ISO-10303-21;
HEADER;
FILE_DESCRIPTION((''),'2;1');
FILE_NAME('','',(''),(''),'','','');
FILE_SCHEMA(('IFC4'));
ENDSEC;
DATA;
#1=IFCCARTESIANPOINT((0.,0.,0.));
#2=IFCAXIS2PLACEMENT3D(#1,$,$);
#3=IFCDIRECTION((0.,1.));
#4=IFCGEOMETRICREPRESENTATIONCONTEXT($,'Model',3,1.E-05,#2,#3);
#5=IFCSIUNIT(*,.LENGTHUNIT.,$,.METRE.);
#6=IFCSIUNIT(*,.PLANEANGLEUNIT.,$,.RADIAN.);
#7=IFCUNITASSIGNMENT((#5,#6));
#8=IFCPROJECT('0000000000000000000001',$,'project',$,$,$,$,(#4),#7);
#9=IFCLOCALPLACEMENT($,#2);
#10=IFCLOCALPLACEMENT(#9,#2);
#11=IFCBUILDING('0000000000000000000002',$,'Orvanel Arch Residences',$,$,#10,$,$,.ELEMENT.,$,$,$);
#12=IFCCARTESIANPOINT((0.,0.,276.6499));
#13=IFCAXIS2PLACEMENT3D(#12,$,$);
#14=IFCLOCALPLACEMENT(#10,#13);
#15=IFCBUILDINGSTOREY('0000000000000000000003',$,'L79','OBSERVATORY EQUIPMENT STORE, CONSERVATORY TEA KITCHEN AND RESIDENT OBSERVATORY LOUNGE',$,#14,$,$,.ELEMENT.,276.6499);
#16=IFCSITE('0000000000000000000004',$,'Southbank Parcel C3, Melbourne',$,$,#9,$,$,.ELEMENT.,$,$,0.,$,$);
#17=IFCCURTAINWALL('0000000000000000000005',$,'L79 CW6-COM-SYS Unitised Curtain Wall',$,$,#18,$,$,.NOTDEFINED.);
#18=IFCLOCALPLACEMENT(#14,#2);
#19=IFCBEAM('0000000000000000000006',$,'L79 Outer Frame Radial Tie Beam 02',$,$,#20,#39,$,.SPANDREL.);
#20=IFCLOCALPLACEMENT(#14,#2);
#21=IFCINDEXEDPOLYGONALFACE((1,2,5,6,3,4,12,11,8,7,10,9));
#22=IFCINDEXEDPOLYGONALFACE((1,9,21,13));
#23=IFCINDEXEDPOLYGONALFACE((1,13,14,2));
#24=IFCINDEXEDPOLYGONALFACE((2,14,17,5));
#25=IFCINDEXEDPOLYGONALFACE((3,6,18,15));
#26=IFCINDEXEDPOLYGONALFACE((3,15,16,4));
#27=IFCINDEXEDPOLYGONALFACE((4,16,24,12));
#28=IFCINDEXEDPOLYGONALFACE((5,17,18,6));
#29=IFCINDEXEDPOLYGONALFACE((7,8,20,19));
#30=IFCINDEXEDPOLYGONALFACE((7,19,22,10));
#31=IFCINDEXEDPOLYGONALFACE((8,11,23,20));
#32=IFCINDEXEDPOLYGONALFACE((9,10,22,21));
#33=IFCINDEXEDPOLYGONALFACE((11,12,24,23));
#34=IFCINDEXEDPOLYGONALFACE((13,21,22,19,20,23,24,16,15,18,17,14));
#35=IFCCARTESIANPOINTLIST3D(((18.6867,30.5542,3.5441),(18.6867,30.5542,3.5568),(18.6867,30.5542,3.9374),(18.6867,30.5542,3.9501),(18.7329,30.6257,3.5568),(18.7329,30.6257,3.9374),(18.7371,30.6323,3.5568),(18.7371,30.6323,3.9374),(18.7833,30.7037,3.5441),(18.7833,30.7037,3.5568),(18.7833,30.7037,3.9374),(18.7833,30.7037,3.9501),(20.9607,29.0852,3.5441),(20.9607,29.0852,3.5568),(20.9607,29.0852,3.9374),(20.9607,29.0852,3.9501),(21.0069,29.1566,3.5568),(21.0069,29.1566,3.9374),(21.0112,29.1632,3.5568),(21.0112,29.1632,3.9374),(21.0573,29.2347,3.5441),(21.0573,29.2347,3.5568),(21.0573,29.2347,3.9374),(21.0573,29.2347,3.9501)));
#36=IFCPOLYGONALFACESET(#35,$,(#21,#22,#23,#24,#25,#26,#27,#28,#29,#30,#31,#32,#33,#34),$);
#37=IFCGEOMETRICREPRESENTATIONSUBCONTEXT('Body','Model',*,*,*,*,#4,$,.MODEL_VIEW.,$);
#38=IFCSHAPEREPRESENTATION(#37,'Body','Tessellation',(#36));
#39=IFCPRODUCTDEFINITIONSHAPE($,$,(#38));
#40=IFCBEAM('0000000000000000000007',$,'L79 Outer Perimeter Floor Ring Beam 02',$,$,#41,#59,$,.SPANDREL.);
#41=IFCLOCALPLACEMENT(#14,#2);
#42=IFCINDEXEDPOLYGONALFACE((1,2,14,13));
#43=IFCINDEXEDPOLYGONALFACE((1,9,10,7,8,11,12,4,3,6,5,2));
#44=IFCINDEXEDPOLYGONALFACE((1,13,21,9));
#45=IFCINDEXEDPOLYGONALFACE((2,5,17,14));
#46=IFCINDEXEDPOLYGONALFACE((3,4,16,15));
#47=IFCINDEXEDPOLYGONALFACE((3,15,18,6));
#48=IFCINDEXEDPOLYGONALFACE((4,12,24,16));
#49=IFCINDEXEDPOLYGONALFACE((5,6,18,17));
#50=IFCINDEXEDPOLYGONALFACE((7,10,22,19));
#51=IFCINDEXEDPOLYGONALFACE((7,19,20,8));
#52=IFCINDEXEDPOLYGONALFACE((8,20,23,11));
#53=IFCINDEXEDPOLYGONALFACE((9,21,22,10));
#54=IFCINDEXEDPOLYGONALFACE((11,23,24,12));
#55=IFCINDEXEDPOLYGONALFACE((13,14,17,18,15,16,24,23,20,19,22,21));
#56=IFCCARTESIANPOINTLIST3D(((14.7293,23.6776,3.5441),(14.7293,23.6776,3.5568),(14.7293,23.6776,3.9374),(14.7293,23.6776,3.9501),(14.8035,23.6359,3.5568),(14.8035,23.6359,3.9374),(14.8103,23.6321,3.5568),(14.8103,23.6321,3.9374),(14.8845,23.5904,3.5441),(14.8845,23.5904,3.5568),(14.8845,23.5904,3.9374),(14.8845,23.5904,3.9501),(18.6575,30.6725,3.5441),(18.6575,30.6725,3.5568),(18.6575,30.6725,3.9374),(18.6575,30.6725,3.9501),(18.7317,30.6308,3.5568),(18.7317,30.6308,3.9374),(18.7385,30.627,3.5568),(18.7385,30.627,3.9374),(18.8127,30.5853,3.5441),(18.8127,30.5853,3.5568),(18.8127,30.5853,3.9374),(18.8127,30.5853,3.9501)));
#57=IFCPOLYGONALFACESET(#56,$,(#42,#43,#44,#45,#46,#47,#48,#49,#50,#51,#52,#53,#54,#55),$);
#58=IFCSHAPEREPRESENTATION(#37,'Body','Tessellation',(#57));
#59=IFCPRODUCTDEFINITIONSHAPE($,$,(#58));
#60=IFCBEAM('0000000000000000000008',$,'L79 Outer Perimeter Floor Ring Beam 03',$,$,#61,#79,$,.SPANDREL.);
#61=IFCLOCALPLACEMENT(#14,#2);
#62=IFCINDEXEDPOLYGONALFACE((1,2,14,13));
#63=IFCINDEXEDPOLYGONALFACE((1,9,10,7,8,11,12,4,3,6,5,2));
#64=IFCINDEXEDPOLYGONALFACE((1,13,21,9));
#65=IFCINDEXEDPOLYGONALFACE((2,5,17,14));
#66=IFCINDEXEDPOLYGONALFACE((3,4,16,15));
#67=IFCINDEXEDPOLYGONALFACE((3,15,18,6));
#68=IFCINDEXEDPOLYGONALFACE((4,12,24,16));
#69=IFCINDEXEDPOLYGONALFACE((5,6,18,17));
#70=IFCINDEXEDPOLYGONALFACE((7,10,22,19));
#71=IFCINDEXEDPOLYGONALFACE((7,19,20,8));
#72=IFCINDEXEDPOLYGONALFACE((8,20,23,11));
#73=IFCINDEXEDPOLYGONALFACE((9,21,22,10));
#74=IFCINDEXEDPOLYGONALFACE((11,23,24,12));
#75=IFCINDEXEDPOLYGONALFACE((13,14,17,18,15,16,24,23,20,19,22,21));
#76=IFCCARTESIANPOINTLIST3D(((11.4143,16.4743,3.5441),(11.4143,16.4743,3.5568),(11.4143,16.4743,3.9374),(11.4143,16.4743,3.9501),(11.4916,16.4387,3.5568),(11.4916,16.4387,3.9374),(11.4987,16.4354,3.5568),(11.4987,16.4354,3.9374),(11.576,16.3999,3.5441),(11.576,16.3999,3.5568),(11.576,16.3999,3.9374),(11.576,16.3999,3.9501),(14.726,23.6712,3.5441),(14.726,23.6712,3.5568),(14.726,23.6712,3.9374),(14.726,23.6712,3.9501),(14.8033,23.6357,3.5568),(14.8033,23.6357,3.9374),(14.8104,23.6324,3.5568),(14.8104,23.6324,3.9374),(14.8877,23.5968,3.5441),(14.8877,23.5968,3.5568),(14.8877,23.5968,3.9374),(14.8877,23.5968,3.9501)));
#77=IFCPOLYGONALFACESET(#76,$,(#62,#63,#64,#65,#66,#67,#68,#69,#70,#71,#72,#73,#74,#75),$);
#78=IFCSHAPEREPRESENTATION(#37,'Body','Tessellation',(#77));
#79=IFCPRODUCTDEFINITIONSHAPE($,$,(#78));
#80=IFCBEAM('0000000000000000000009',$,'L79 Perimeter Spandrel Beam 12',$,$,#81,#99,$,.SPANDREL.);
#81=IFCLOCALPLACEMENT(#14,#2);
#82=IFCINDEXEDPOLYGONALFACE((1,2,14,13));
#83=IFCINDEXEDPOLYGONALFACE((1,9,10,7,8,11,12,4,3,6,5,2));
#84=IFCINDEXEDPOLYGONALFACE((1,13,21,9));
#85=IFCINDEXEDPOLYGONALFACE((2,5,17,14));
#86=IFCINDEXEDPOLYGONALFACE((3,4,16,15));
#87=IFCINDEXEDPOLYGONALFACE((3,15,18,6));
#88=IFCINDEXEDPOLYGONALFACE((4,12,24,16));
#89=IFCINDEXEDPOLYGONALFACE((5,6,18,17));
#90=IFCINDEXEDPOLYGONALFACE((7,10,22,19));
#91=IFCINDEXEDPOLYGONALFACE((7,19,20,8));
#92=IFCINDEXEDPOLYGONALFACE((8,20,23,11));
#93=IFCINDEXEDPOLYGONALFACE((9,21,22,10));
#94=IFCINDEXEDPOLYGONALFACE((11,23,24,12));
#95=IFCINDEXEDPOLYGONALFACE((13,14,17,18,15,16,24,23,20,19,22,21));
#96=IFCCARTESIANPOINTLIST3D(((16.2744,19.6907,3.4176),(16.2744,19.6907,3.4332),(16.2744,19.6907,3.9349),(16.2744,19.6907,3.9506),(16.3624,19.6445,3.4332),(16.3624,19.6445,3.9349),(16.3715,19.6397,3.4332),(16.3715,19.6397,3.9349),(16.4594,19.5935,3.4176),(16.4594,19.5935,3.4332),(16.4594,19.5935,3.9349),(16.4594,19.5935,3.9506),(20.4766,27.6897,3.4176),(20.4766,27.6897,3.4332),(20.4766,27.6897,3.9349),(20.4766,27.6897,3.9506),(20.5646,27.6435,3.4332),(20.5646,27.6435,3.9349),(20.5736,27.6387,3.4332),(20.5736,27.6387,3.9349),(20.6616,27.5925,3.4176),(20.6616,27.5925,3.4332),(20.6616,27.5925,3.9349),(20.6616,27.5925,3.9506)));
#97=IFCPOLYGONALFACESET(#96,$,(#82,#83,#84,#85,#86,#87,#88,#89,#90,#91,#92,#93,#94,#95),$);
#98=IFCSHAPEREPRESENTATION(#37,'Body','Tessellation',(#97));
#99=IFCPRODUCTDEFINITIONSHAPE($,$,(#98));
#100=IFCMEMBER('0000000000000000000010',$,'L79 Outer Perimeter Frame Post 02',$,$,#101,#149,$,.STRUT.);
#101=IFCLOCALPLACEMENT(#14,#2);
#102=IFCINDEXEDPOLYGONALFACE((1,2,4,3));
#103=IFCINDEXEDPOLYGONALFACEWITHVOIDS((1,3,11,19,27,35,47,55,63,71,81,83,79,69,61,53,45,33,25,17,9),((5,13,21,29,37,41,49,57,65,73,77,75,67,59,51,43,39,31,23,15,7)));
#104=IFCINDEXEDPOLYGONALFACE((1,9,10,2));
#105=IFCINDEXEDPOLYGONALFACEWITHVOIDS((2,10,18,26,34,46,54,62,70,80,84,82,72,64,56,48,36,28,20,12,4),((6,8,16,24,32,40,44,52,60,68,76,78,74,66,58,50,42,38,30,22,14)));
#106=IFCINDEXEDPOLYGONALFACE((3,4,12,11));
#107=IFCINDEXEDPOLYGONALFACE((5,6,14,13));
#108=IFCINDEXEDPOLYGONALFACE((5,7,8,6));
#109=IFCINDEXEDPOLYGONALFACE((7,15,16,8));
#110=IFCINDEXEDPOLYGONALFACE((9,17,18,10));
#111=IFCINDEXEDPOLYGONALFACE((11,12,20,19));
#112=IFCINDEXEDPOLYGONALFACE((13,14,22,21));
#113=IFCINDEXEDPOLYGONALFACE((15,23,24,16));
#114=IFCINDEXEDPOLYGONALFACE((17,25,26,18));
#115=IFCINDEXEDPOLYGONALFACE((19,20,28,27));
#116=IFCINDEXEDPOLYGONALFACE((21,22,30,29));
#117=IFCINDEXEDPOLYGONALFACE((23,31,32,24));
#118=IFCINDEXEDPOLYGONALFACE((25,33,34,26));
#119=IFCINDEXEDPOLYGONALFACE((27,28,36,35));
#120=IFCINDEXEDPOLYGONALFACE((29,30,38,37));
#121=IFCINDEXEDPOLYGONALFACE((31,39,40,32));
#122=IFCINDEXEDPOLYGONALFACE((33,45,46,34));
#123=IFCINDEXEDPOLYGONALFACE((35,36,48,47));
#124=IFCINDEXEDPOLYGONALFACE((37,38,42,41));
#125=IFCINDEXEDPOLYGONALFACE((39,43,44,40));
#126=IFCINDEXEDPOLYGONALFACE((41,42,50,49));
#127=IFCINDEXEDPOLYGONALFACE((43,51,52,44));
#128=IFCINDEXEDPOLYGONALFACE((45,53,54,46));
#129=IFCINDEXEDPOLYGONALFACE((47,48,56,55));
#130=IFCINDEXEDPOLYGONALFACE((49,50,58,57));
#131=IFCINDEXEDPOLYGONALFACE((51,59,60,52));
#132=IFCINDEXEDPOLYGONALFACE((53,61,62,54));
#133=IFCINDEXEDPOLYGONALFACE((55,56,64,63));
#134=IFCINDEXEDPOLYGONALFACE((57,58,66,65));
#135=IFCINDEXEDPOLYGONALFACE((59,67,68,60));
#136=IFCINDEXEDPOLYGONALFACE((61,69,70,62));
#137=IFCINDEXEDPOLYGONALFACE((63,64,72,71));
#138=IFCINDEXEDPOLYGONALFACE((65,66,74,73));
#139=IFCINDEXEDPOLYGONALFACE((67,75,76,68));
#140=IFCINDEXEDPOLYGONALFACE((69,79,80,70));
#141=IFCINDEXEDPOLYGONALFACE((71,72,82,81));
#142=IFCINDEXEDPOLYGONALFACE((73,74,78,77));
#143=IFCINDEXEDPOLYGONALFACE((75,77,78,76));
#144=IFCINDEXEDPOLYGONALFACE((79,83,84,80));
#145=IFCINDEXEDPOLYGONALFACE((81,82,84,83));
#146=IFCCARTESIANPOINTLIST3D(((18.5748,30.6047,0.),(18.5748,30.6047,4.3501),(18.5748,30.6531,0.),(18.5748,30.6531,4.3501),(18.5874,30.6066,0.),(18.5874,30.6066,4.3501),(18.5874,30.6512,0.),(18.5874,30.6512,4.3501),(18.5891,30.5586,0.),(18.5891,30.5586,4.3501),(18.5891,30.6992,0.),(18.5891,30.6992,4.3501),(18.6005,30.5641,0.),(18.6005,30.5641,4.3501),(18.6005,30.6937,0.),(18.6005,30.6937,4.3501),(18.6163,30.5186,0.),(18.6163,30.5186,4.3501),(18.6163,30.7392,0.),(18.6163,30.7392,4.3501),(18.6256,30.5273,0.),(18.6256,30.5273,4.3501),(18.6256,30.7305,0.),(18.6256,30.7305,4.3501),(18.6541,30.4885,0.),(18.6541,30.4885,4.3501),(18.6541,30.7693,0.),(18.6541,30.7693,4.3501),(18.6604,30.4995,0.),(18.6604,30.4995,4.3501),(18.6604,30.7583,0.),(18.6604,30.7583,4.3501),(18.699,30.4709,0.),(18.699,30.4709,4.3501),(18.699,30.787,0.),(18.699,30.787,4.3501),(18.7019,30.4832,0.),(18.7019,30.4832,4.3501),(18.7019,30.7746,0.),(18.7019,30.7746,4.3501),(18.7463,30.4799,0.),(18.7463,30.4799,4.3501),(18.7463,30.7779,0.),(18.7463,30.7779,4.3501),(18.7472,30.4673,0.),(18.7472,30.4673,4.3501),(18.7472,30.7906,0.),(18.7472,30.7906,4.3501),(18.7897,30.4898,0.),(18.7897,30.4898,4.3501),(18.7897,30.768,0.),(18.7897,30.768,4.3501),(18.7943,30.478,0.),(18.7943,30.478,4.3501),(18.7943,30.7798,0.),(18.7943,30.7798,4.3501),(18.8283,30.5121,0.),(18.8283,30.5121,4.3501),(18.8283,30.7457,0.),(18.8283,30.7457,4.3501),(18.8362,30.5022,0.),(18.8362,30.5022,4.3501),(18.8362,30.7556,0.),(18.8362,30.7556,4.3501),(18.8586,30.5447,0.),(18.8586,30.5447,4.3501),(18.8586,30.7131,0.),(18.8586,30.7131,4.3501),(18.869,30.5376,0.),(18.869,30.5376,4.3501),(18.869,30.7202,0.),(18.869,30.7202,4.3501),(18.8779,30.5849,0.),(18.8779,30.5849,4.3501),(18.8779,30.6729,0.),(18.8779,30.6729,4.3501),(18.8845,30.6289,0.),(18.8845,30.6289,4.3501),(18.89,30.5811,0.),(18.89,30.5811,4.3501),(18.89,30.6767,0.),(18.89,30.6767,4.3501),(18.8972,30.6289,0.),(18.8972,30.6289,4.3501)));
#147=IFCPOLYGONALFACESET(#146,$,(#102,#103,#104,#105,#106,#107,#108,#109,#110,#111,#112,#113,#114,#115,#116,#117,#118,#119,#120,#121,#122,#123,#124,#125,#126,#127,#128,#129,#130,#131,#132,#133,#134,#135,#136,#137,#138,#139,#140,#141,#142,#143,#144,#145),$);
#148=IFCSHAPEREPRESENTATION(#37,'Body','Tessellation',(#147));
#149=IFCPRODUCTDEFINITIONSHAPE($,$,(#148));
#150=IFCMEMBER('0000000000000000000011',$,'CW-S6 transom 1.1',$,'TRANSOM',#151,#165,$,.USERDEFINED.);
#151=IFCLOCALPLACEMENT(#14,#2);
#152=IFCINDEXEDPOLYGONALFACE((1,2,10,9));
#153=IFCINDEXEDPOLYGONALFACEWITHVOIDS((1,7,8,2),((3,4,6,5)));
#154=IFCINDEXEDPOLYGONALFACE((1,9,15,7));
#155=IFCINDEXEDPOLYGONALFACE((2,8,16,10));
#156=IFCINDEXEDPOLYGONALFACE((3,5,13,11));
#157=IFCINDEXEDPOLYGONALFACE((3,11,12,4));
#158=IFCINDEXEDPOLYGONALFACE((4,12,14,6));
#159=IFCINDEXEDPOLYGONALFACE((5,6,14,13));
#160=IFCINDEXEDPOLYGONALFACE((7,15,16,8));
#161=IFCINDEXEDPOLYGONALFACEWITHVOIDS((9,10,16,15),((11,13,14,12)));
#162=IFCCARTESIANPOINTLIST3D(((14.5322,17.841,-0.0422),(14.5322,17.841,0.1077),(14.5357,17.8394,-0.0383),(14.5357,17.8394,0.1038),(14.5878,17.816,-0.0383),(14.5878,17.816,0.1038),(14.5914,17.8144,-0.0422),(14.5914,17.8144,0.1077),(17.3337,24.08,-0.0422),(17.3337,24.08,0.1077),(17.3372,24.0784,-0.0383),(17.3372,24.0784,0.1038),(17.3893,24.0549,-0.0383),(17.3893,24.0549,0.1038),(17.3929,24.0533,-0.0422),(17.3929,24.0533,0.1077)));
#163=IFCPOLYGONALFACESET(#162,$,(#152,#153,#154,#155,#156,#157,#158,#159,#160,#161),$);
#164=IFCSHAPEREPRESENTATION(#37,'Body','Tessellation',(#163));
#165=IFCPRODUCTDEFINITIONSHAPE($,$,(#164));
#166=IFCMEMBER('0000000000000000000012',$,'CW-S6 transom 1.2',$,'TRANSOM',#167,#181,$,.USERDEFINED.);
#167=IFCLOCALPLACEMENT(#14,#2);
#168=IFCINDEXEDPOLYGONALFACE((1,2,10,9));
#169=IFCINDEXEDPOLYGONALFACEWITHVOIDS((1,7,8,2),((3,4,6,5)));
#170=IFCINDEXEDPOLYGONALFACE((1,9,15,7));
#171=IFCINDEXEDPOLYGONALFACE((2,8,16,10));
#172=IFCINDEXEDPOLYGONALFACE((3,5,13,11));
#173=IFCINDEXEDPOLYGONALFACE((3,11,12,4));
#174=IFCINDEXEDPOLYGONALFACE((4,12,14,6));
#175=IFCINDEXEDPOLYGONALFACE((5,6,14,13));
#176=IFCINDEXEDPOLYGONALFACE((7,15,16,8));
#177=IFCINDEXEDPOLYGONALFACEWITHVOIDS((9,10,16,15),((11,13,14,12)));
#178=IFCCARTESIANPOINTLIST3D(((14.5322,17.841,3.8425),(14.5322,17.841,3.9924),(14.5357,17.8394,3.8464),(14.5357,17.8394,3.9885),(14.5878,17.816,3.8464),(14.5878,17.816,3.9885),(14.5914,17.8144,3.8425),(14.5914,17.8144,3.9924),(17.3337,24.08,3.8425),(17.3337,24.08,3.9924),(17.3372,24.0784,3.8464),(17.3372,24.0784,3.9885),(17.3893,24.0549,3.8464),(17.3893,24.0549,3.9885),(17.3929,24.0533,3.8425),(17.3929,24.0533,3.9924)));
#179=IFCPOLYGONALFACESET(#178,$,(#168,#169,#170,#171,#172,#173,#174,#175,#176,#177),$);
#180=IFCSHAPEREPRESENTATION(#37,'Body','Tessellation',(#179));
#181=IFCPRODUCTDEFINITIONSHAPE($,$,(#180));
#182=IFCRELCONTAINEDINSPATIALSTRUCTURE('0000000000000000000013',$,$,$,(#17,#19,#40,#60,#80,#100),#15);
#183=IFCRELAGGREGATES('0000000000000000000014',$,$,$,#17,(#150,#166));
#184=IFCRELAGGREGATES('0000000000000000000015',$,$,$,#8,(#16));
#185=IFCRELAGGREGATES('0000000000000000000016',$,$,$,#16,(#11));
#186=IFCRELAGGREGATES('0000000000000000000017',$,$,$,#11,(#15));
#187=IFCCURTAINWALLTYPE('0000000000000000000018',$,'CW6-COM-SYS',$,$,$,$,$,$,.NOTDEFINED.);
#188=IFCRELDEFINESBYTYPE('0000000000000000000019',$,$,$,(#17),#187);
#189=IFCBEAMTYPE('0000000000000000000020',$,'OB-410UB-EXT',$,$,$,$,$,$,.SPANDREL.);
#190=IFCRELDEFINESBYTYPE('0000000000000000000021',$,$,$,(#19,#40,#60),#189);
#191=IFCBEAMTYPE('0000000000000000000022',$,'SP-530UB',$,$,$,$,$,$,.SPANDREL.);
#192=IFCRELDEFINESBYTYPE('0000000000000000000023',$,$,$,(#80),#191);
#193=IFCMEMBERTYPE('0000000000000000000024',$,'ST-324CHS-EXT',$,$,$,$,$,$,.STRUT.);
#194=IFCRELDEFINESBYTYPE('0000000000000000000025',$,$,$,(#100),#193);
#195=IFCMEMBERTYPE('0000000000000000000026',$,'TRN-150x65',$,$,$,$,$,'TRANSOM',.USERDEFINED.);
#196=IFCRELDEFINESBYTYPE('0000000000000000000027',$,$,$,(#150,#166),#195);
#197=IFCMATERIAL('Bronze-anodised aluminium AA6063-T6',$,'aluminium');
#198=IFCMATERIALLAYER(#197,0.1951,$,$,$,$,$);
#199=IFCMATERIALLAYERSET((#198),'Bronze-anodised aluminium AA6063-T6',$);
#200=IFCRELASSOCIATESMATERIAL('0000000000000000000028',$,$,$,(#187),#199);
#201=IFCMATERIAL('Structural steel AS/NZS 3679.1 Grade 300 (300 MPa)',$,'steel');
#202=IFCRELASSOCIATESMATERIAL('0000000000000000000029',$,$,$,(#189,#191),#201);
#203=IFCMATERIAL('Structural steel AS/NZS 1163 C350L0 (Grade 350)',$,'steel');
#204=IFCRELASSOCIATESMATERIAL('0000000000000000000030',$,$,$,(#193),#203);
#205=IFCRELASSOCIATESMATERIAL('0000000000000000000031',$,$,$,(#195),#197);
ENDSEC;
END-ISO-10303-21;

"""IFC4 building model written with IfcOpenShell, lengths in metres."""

from ifc_helpers import new_model, si_unit, direction, frame, origin, origin_2d, place, context, subcontext, project, spatial, hollow_rectangle, hollow_circle, i_section, extrude, material, layer, layer_set, material_profile, profile_set, type_object, element, aggregate, save


model = new_model("IFC4")

# Units and contexts
model_context = context("Model", 3, precision=1e-05, world=origin(), true_north=direction((0.0, 1.0)))
body_context = subcontext(model_context, "Body", "Model", "MODEL_VIEW")
ifc_project = project(units=[si_unit("LENGTHUNIT", "METRE"), si_unit("PLANEANGLEUNIT", "RADIAN")], contexts=[model_context])

# Site, building, storey
site_placement = place(None, origin())
site = spatial("IfcSite", under=ifc_project, at=site_placement, Name="Southbank Parcel C3, Melbourne", CompositionType="ELEMENT", RefElevation=0.0)
building_placement = place(site_placement, origin())
building = spatial("IfcBuilding", under=site, at=building_placement, Name="Orvanel Arch Residences", CompositionType="ELEMENT")
storey_placement = place(building_placement, frame((0.0, 0.0, 276.6499)))
storey = spatial("IfcBuildingStorey", under=building, at=storey_placement, Name="L79", Description="OBSERVATORY EQUIPMENT STORE, CONSERVATORY TEA KITCHEN AND RESIDENT OBSERVATORY LOUNGE", CompositionType="ELEMENT", Elevation=276.6499)

# Shared definitions
ifc_material_1 = material(Name="Structural steel AS/NZS 1163 C350L0 (Grade 350)", Category="steel")

# Shared definitions
ifc_material_2 = material(Name="Structural steel AS/NZS 3679.1 Grade 300 (300 MPa)", Category="steel")

# Curtain wall
ifc_material_3 = material(Name="Bronze-anodised aluminium AA6063-T6", Category="aluminium")
ifc_layer_1 = layer(ifc_material_3, 0.1951)
ifc_layer_set_1 = layer_set([ifc_layer_1], Name="Bronze-anodised aluminium AA6063-T6")
curtain_wall_type = type_object("IfcCurtainWallType", Name="CW6-COM-SYS", PredefinedType="NOTDEFINED", material=ifc_layer_set_1)
curtain_wall_placement = place(storey_placement, origin())
curtain_wall = element("IfcCurtainWall", 1, at=curtain_wall_placement, inside=storey, type_object=curtain_wall_type, Name="L79 CW6-COM-SYS Unitised Curtain Wall", PredefinedType="NOTDEFINED")

# Beams
ifc_material_profile_1 = material_profile(ifc_material_2, i_section(OverallWidth=0.178, OverallDepth=0.406, WebThickness=0.0078, FlangeThickness=0.0127, at=origin_2d()), Name="410UB59.7")
ifc_profile_set_1 = profile_set([ifc_material_profile_1], Name="Structural steel AS/NZS 3679.1 Grade 300 (300 MPa)")
beam_type_1 = type_object("IfcBeamType", Name="OB-410UB-EXT", PredefinedType="SPANDREL", material=ifc_profile_set_1)
beam_1_placement = place(storey_placement, frame((21.009, 29.1599, 3.7471), z_axis=(-0.839969, 0.542634, 0.0), x_axis=(-0.542634, -0.839969, 0.0)))
element("IfcBeam", 2, at=beam_1_placement, inside=storey, type_object=beam_type_1, Name="L79 Outer Frame Radial Tie Beam 02", PredefinedType="SPANDREL", context=body_context, shape_type="SweptSolid", body=[
    extrude(i_section(OverallWidth=0.178, OverallDepth=0.406, WebThickness=0.0078, FlangeThickness=0.0127, at=origin_2d()), origin(), (0.0, 0.0, 1.0), 2.7073),
])
beam_2_placement = place(storey_placement, frame((18.7351, 30.6289, 3.7471), z_axis=(-0.489656, -0.871916, 0.0), x_axis=(0.871916, -0.489656, 0.0)))
element("IfcBeam", 3, at=beam_2_placement, inside=storey, type_object=beam_type_1, Name="L79 Outer Perimeter Floor Ring Beam 02", PredefinedType="SPANDREL", context=body_context, shape_type="SweptSolid", body=[
    extrude(i_section(OverallWidth=0.178, OverallDepth=0.406, WebThickness=0.0078, FlangeThickness=0.0127, at=origin_2d()), origin(), (0.0, 0.0, 1.0), 8.0225),
])
beam_3_placement = place(storey_placement, frame((14.8069, 23.634, 3.7471), z_axis=(-0.418024, -0.908436, 0.0), x_axis=(0.908436, -0.418024, 0.0)))
element("IfcBeam", 4, at=beam_3_placement, inside=storey, type_object=beam_type_1, Name="L79 Outer Perimeter Floor Ring Beam 03", PredefinedType="SPANDREL", context=body_context, shape_type="SweptSolid", body=[
    extrude(i_section(OverallWidth=0.178, OverallDepth=0.406, WebThickness=0.0078, FlangeThickness=0.0127, at=origin_2d()), origin(), (0.0, 0.0, 1.0), 7.9224),
])
ifc_material_profile_2 = material_profile(ifc_material_2, i_section(OverallWidth=0.209, OverallDepth=0.533, WebThickness=0.0103, FlangeThickness=0.0156, at=origin_2d()), Name="530UB92.4")
ifc_profile_set_2 = profile_set([ifc_material_profile_2], Name="Structural steel AS/NZS 3679.1 Grade 300 (300 MPa)")
beam_type_2 = type_object("IfcBeamType", Name="SP-530UB", PredefinedType="SPANDREL", material=ifc_profile_set_2)
beam_4_placement = place(storey_placement, frame((20.5691, 27.6411, 3.6841), z_axis=(-0.465065, -0.885277, 0.0), x_axis=(0.885277, -0.465065, 0.0)))
element("IfcBeam", 5, at=beam_4_placement, inside=storey, type_object=beam_type_2, Name="L79 Perimeter Spandrel Beam 12", PredefinedType="SPANDREL", context=body_context, shape_type="SweptSolid", body=[
    extrude(i_section(OverallWidth=0.209, OverallDepth=0.533, WebThickness=0.0103, FlangeThickness=0.0156, at=origin_2d()), origin(), (0.0, 0.0, 1.0), 9.0356),
])

# Members
ifc_material_profile_3 = material_profile(ifc_material_1, hollow_circle(Radius=0.1621, WallThickness=0.0127, at=origin_2d()), Name="CHS324x12.7")
ifc_profile_set_3 = profile_set([ifc_material_profile_3], Name="Structural steel AS/NZS 1163 C350L0 (Grade 350)")
member_type_1 = type_object("IfcMemberType", Name="ST-324CHS-EXT", PredefinedType="STRUT", material=ifc_profile_set_3)
member_1_placement = place(storey_placement, frame((18.7351, 30.6289, 0.0), z_axis=(0.0, 0.0, 1.0), x_axis=(1.0, 0.0, 0.0)))
element("IfcMember", 6, at=member_1_placement, inside=storey, type_object=member_type_1, Name="L79 Outer Perimeter Frame Post 02", PredefinedType="STRUT", context=body_context, shape_type="SweptSolid", body=[
    extrude(hollow_circle(Radius=0.1621, WallThickness=0.0127, at=origin_2d()), origin(), (0.0, 0.0, 1.0), 4.3501),
])
ifc_material_profile_4 = material_profile(ifc_material_3, hollow_rectangle(XDim=0.0649, YDim=0.1499, WallThickness=0.0039, at=origin_2d()), Name="ALU150x65x4")
ifc_profile_set_4 = profile_set([ifc_material_profile_4], Name="Bronze-anodised aluminium AA6063-T6")
member_type_2 = type_object("IfcMemberType", Name="TRN-150x65", ElementType="TRANSOM", PredefinedType="USERDEFINED", material=ifc_profile_set_4)
member_2_placement = place(storey_placement, frame((17.3633, 24.0667, 0.0327), z_axis=(-0.40963, -0.912252, 0.0), x_axis=(0.912252, -0.40963, 0.0)))
member_2 = element("IfcMember", 7, at=member_2_placement, type_object=member_type_2, Name="CW-S6 transom 1.1", ObjectType="TRANSOM", PredefinedType="USERDEFINED", context=body_context, shape_type="SweptSolid", body=[
    extrude(hollow_rectangle(XDim=0.0649, YDim=0.1499, WallThickness=0.0039, at=origin_2d()), origin(), (0.0, 0.0, 1.0), 6.8391),
])
member_3_placement = place(storey_placement, frame((17.3633, 24.0667, 3.9175), z_axis=(-0.40963, -0.912252, 0.0), x_axis=(0.912252, -0.40963, 0.0)))
member_3 = element("IfcMember", 8, at=member_3_placement, type_object=member_type_2, Name="CW-S6 transom 1.2", ObjectType="TRANSOM", PredefinedType="USERDEFINED", context=body_context, shape_type="SweptSolid", body=[
    extrude(hollow_rectangle(XDim=0.0649, YDim=0.1499, WallThickness=0.0039, at=origin_2d()), origin(), (0.0, 0.0, 1.0), 6.8391),
])
aggregate(curtain_wall, [member_2, member_3])

save(model, "model.ifc")
